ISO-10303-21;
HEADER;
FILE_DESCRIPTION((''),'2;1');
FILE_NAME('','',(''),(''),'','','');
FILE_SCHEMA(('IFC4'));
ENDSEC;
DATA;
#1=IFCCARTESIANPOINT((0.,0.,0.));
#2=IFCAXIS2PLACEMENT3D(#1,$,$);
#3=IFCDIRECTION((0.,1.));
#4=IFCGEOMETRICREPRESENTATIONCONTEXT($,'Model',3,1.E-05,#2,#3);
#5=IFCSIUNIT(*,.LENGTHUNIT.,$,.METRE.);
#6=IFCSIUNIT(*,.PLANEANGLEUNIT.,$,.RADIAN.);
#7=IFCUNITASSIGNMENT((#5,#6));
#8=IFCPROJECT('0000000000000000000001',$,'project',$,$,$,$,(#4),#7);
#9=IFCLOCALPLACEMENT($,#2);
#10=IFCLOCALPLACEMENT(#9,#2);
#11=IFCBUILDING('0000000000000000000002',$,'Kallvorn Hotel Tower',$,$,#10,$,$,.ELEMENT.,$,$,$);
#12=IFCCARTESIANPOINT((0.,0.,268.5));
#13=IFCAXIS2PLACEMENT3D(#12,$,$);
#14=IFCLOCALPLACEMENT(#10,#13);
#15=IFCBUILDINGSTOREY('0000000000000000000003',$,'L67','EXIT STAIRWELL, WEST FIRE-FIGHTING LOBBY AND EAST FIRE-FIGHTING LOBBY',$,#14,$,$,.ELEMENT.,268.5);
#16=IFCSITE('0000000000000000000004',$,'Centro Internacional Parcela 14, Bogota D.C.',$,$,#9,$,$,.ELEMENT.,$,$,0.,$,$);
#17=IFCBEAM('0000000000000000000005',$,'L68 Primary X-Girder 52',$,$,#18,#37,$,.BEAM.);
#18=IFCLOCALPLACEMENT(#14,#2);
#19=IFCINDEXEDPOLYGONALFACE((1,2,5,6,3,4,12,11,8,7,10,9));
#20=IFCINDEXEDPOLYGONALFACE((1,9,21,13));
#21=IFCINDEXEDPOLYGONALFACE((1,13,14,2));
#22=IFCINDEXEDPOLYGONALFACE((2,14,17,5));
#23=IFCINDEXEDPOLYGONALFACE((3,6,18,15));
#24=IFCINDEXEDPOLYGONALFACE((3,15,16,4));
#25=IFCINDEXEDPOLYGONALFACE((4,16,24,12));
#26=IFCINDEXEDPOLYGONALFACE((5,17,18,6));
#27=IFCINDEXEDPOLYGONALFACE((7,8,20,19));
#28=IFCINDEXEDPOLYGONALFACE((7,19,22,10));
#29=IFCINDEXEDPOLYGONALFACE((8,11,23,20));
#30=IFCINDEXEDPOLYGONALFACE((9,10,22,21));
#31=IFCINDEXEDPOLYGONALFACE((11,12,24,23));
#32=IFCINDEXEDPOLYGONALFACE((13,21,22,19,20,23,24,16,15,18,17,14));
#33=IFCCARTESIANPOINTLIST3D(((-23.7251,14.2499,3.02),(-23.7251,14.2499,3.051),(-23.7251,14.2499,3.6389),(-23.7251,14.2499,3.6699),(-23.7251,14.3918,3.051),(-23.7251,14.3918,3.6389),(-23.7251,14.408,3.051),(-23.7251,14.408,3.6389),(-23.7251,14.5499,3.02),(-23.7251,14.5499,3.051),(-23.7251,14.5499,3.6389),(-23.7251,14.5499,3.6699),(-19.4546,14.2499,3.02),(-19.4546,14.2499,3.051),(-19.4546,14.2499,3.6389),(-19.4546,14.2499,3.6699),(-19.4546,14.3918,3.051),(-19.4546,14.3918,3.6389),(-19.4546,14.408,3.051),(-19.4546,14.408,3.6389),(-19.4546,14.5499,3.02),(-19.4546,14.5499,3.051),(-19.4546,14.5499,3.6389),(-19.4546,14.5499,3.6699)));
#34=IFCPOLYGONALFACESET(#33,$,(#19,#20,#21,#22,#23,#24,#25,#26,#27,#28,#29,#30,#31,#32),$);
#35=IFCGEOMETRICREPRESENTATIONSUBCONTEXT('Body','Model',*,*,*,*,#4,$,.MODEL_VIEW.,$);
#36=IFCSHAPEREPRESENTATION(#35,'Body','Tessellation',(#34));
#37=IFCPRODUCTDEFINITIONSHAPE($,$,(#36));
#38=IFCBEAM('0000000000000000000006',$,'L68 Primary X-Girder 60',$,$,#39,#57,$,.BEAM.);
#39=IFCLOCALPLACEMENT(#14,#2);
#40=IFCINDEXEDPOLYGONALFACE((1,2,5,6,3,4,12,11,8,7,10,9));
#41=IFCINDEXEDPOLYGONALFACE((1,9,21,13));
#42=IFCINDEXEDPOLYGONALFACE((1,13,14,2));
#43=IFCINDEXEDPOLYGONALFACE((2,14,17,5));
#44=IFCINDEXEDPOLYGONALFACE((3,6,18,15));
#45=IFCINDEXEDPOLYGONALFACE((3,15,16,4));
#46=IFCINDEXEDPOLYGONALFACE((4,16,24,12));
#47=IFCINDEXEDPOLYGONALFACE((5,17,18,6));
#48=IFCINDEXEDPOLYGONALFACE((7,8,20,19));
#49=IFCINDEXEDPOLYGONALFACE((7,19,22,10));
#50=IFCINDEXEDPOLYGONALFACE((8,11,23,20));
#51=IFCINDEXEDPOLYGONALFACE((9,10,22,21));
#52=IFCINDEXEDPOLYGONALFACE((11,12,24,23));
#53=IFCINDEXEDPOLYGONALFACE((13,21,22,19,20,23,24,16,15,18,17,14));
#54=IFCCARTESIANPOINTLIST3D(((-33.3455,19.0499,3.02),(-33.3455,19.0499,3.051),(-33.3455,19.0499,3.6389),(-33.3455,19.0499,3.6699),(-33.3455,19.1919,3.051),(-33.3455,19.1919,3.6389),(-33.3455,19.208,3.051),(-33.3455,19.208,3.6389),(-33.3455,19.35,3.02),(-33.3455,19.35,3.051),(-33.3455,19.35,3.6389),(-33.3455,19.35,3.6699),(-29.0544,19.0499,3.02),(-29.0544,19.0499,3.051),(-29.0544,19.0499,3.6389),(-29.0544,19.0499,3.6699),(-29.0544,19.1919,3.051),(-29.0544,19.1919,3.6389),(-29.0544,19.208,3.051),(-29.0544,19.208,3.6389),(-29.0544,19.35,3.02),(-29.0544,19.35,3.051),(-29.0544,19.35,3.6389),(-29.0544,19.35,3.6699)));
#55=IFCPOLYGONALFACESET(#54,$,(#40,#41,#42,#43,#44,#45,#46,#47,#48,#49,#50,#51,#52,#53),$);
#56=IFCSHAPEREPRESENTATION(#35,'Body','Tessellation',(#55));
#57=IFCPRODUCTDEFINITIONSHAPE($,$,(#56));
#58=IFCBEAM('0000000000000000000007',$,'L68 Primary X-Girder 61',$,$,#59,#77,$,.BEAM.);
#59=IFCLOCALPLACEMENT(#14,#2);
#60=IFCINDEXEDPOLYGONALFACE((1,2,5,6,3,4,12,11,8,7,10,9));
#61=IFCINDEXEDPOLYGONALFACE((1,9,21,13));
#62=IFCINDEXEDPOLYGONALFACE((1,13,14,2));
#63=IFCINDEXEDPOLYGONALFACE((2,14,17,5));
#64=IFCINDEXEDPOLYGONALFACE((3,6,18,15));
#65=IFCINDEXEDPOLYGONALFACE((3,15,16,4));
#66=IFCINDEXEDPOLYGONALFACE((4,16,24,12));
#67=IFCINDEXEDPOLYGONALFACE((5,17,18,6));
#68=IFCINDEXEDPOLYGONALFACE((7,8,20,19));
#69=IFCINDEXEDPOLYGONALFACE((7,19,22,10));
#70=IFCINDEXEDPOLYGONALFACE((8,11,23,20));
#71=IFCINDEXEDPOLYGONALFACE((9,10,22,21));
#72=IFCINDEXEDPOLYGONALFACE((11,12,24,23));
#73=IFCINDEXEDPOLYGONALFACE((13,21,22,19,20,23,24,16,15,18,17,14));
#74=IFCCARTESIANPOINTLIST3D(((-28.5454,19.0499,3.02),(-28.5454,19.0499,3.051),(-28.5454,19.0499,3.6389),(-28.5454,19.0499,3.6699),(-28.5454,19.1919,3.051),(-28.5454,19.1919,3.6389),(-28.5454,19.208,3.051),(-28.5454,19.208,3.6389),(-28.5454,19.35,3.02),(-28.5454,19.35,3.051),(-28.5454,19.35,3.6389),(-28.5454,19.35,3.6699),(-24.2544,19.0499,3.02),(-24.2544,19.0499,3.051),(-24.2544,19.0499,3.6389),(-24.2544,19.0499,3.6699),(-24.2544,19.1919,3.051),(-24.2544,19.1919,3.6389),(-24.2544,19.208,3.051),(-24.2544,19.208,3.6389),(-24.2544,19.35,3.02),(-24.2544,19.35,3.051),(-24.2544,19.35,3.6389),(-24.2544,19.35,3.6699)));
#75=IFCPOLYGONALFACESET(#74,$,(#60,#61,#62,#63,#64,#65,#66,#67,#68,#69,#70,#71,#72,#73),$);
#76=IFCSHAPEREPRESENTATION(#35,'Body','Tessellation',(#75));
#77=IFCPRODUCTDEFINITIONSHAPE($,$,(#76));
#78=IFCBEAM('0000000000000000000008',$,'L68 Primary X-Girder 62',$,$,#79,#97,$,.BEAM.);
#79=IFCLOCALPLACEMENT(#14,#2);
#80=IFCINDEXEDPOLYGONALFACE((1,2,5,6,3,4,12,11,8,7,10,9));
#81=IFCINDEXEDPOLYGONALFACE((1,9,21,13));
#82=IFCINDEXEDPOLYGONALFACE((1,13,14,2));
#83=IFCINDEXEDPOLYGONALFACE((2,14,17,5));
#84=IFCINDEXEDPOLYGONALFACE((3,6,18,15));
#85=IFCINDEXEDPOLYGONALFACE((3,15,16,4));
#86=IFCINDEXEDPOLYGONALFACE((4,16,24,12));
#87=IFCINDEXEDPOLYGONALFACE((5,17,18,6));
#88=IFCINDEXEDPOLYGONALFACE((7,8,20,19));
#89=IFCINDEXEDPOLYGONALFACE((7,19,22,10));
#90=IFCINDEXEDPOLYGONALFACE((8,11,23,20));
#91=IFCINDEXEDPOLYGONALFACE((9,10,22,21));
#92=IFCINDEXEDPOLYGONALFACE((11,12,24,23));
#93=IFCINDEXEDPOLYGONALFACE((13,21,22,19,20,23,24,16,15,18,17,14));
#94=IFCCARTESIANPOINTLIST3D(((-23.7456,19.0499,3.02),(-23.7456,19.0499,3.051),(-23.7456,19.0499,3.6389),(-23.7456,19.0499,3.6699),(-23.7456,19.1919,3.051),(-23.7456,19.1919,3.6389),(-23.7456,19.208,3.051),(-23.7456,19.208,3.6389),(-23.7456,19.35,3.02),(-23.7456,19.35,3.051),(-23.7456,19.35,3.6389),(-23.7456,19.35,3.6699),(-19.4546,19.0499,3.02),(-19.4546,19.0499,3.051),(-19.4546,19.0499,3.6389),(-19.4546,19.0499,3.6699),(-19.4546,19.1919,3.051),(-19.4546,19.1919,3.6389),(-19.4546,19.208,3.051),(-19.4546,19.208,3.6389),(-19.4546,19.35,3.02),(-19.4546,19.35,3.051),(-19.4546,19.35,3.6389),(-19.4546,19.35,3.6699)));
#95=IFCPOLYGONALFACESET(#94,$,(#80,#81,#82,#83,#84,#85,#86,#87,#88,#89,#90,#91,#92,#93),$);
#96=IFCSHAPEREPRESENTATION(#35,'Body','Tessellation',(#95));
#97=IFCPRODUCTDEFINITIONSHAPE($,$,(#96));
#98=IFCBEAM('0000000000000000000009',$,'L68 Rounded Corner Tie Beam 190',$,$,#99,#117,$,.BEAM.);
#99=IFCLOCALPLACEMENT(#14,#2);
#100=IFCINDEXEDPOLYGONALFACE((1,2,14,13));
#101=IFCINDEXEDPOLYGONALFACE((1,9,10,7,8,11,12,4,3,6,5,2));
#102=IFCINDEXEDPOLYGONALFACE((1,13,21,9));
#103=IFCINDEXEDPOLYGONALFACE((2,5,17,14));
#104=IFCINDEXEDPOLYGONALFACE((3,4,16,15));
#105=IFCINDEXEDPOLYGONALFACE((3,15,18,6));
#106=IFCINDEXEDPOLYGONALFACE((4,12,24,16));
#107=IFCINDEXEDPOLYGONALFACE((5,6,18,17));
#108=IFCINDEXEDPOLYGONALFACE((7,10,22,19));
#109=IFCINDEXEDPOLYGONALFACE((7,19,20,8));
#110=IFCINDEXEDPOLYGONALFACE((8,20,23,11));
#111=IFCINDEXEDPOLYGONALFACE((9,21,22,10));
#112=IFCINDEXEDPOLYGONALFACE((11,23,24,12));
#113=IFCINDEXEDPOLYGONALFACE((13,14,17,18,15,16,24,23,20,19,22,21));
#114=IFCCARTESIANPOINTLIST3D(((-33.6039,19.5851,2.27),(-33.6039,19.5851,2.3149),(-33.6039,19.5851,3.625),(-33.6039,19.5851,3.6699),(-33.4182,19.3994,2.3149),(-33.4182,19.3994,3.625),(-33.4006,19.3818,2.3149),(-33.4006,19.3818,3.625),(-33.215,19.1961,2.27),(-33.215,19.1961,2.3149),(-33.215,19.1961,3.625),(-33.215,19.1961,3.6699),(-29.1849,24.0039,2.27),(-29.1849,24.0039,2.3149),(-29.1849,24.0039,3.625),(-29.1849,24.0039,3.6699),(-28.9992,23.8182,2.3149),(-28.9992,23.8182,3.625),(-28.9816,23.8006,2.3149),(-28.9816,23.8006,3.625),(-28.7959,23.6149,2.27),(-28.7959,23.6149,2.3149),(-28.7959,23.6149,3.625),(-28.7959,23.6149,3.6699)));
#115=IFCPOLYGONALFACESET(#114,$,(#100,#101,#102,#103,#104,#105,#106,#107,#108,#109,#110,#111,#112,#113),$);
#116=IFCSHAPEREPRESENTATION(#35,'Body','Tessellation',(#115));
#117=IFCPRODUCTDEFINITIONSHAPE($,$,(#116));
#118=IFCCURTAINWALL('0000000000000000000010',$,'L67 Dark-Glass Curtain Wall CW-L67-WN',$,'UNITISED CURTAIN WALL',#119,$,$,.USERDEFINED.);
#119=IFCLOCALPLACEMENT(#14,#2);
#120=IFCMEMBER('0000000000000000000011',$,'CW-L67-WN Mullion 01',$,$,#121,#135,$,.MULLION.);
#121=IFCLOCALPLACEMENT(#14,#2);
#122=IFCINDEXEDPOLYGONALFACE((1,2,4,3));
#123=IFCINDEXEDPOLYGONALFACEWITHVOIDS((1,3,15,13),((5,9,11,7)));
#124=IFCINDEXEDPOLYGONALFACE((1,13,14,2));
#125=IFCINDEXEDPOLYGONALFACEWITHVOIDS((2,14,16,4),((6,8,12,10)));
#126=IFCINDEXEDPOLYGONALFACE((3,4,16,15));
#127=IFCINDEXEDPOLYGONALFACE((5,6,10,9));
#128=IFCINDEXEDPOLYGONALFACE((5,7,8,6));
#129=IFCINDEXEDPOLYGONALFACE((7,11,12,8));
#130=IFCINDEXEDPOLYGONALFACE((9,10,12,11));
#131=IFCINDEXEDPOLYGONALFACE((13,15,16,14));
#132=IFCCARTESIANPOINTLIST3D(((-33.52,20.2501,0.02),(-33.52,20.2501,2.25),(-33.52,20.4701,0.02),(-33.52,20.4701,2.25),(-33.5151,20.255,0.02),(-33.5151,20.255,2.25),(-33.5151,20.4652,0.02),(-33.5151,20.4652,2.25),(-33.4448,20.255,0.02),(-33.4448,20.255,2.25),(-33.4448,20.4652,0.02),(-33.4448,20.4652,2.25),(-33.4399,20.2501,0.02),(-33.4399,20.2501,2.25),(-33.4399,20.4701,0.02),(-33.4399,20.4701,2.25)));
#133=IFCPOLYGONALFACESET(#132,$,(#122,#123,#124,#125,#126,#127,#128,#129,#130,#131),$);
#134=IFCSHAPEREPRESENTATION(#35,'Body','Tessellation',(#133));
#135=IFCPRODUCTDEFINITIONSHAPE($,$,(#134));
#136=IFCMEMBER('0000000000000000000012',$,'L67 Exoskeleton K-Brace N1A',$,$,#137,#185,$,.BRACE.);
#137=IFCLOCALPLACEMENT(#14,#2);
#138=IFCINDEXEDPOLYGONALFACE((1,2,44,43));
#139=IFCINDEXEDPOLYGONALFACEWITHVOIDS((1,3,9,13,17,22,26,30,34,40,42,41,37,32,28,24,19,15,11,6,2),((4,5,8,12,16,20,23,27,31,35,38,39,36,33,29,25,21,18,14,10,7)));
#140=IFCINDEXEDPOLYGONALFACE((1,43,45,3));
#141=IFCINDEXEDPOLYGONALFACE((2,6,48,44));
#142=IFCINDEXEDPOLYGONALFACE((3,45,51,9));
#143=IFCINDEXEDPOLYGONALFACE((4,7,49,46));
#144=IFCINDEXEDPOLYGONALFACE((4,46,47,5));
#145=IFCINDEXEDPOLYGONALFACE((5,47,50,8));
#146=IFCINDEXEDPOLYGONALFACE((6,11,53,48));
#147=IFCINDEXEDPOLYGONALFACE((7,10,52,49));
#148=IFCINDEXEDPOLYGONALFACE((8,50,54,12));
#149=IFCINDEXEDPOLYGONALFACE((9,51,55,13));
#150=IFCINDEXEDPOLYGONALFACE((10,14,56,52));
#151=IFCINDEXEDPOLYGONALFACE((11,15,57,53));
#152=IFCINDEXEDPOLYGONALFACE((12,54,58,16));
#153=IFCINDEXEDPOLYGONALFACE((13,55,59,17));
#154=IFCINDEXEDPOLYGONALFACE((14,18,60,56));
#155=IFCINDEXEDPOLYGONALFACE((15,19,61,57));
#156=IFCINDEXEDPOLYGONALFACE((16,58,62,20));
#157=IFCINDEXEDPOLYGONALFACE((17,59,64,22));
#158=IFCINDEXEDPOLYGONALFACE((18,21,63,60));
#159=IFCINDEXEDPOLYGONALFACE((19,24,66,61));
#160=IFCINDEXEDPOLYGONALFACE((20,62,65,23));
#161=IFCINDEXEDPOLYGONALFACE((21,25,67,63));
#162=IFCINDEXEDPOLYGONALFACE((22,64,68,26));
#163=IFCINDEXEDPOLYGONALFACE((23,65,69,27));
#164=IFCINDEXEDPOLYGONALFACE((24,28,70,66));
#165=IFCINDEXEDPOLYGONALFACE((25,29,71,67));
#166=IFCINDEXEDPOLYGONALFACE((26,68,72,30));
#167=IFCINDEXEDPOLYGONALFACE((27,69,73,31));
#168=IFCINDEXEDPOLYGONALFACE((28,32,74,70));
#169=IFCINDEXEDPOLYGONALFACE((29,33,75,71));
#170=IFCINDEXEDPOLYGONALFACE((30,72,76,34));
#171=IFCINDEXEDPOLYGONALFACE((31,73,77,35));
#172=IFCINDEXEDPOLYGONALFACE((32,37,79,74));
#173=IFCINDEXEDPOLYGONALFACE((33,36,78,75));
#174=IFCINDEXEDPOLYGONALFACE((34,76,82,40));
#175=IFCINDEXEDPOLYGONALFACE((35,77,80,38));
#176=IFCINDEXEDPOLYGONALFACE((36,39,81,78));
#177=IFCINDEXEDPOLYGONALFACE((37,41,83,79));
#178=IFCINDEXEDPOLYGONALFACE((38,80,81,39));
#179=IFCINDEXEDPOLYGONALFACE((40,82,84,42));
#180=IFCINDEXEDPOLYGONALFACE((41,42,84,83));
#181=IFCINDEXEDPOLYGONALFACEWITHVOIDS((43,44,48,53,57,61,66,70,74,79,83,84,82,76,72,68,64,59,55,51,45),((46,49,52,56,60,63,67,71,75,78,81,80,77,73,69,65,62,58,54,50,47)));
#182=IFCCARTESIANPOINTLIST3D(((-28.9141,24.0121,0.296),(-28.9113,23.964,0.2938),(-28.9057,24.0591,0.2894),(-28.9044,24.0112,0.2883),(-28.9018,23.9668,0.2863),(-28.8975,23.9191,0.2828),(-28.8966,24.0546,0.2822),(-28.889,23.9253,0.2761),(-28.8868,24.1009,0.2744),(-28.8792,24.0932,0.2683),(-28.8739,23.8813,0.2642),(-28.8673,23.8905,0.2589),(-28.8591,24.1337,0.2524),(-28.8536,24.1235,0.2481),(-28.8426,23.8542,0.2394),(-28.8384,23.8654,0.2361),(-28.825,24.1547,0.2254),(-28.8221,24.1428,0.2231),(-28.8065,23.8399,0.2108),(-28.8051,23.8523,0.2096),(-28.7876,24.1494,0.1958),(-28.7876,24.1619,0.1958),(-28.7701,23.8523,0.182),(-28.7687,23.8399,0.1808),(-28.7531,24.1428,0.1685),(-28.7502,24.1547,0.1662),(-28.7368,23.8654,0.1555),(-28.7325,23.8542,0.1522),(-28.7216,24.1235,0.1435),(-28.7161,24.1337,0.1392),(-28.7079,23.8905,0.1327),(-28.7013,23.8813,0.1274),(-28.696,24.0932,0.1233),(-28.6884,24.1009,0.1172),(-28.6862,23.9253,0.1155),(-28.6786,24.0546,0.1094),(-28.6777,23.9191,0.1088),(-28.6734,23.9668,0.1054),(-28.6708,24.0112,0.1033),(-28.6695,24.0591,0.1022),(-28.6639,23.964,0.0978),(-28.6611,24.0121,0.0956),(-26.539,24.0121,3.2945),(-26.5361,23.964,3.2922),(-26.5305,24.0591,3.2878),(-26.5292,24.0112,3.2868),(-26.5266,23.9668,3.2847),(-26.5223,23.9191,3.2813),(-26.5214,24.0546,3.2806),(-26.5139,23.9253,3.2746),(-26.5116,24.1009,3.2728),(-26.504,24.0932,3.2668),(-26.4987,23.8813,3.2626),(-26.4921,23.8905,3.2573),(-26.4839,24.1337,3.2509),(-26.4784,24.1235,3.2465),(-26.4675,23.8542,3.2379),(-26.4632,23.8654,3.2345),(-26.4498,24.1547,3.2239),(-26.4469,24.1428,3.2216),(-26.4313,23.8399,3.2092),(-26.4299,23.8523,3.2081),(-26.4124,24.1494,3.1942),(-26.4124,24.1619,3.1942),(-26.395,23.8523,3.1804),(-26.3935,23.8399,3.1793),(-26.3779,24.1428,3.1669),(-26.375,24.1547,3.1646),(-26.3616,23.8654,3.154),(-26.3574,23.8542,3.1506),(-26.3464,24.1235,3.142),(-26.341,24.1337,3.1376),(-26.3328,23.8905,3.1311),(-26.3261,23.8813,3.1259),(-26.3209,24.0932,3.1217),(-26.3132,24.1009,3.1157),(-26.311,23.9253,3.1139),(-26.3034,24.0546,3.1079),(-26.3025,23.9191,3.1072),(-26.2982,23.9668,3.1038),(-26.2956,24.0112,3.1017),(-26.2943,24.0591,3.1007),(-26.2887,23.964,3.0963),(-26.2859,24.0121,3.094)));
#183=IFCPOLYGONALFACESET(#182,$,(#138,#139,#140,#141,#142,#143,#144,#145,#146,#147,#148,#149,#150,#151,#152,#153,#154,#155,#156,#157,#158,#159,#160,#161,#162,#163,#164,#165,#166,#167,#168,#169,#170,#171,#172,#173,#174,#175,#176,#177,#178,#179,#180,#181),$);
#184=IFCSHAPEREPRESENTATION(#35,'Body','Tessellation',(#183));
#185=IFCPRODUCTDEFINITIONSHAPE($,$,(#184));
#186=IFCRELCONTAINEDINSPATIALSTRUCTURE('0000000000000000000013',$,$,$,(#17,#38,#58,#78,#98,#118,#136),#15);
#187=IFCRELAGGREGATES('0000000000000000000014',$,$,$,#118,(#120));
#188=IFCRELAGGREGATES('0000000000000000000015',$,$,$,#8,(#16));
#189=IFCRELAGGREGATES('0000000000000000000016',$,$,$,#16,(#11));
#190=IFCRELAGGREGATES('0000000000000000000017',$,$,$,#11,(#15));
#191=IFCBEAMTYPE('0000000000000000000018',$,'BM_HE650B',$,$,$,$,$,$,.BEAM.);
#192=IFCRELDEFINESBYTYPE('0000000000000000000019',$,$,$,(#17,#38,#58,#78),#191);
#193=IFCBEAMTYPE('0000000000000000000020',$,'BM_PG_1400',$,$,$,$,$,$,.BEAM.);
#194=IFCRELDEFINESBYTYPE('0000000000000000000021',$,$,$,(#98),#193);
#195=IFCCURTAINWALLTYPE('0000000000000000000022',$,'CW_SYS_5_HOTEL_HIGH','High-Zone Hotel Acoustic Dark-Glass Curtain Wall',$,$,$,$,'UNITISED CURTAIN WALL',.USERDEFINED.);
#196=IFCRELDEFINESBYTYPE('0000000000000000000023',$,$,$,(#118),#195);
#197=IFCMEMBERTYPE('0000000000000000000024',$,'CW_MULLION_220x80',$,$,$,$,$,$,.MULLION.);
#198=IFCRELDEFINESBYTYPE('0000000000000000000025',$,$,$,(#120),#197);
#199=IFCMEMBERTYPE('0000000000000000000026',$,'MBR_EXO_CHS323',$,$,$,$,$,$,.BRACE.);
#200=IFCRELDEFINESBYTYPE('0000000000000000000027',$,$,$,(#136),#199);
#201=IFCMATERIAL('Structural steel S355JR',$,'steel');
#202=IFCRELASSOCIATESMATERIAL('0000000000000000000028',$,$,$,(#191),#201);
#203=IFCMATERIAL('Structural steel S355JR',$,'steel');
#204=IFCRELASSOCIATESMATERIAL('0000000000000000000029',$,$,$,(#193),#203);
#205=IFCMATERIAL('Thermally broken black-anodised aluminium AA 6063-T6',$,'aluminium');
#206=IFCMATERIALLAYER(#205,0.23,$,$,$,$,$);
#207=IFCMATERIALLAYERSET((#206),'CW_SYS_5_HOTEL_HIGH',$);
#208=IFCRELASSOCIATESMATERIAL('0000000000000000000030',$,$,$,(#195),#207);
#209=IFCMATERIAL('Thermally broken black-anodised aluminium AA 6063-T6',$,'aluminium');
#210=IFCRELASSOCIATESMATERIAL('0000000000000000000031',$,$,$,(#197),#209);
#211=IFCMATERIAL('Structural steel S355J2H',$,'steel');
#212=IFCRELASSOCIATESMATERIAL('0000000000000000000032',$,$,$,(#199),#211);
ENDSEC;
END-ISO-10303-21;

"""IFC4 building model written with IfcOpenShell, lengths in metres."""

from ifc_helpers import new_model, si_unit, direction, frame, origin, origin_2d, place, context, subcontext, project, spatial, hollow_rectangle, hollow_circle, i_section, extrude, material, layer, layer_set, material_profile, profile_set, type_object, element, aggregate, save


model = new_model("IFC4")

# Units and contexts
model_context = context("Model", 3, precision=1e-05, world=origin(), true_north=direction((0.0, 1.0)))
body_context = subcontext(model_context, "Body", "Model", "MODEL_VIEW")
ifc_project = project(units=[si_unit("LENGTHUNIT", "METRE"), si_unit("PLANEANGLEUNIT", "RADIAN")], contexts=[model_context])

# Site, building, storey
site_placement = place(None, origin())
site = spatial("IfcSite", under=ifc_project, at=site_placement, Name="Centro Internacional Parcela 14, Bogota D.C.", CompositionType="ELEMENT", RefElevation=0.0)
building_placement = place(site_placement, origin())
building = spatial("IfcBuilding", under=site, at=building_placement, Name="Kallvorn Hotel Tower", CompositionType="ELEMENT")
storey_placement = place(building_placement, frame((0.0, 0.0, 268.5)))
storey = spatial("IfcBuildingStorey", under=building, at=storey_placement, Name="L67", Description="EXIT STAIRWELL, WEST FIRE-FIGHTING LOBBY AND EAST FIRE-FIGHTING LOBBY", CompositionType="ELEMENT", Elevation=268.5)

# Beams
ifc_material_1 = material(Name="Structural steel S355JR", Category="steel")
ifc_material_profile_1 = material_profile(ifc_material_1, i_section(OverallWidth=0.3, OverallDepth=0.6499, WebThickness=0.0161, FlangeThickness=0.031, at=origin_2d()), Name="HE 650 B")
ifc_profile_set_1 = profile_set([ifc_material_profile_1], Name="Structural steel S355JR")
beam_type_1 = type_object("IfcBeamType", Name="BM_HE650B", PredefinedType="BEAM", material=ifc_profile_set_1)
for number, where, z_axis, x_axis, name in (
    (1, (-23.7251, 14.3999, 3.345), (1.0, 0.0, 0.0), (0.0, 1.0, 0.0), "L68 Primary X-Girder 52"),
):
    element("IfcBeam", number, at=place(storey_placement, frame(where, z_axis=z_axis, x_axis=x_axis)), inside=storey, type_object=beam_type_1, Name=name, PredefinedType="BEAM", context=body_context, shape_type="SweptSolid", body=[
        extrude(i_section(OverallWidth=0.3, OverallDepth=0.6499, WebThickness=0.0161, FlangeThickness=0.031, at=origin_2d()), origin(), (0.0, 0.0, 1.0), 4.2705),
    ])
for number, where, z_axis, x_axis, name in (
    (2, (-33.3455, 19.2, 3.345), (1.0, 0.0, 0.0), (0.0, 1.0, 0.0), "L68 Primary X-Girder 60"),
    (3, (-28.5454, 19.2, 3.345), (1.0, 0.0, 0.0), (0.0, 1.0, 0.0), "L68 Primary X-Girder 61"),
    (4, (-23.7456, 19.2, 3.345), (1.0, 0.0, 0.0), (0.0, 1.0, 0.0), "L68 Primary X-Girder 62"),
):
    element("IfcBeam", number, at=place(storey_placement, frame(where, z_axis=z_axis, x_axis=x_axis)), inside=storey, type_object=beam_type_1, Name=name, PredefinedType="BEAM", context=body_context, shape_type="SweptSolid", body=[
        extrude(i_section(OverallWidth=0.3, OverallDepth=0.6499, WebThickness=0.0161, FlangeThickness=0.031, at=origin_2d()), origin(), (0.0, 0.0, 1.0), 4.291),
    ])
ifc_material_2 = material(Name="Structural steel S355JR", Category="steel")
ifc_material_profile_2 = material_profile(ifc_material_2, i_section(OverallWidth=0.55, OverallDepth=1.3999, WebThickness=0.0249, FlangeThickness=0.0449, at=origin_2d()), Name="PG 1400x550x25x45")
ifc_profile_set_2 = profile_set([ifc_material_profile_2], Name="Structural steel S355JR")
beam_type_2 = type_object("IfcBeamType", Name="BM_PG_1400", PredefinedType="BEAM", material=ifc_profile_set_2)
beam_1_placement = place(storey_placement, frame((-33.4094, 19.3906, 2.97), z_axis=(0.707126, 0.707087, 0.0), x_axis=(-0.707087, 0.707126, 0.0)))
element("IfcBeam", 5, at=beam_1_placement, inside=storey, type_object=beam_type_2, Name="L68 Rounded Corner Tie Beam 190", PredefinedType="BEAM", context=body_context, shape_type="SweptSolid", body=[
    extrude(i_section(OverallWidth=0.55, OverallDepth=1.3999, WebThickness=0.0249, FlangeThickness=0.0449, at=origin_2d()), origin(), (0.0, 0.0, 1.0), 6.2493),
])

# Curtain wall, member
ifc_material_3 = material(Name="Thermally broken black-anodised aluminium AA 6063-T6", Category="aluminium")
ifc_layer_1 = layer(ifc_material_3, 0.23)
ifc_layer_set_1 = layer_set([ifc_layer_1], Name="CW_SYS_5_HOTEL_HIGH")
curtain_wall_type = type_object("IfcCurtainWallType", Name="CW_SYS_5_HOTEL_HIGH", Description="High-Zone Hotel Acoustic Dark-Glass Curtain Wall", ElementType="UNITISED CURTAIN WALL", PredefinedType="USERDEFINED", material=ifc_layer_set_1)
curtain_wall_placement = place(storey_placement, origin())
curtain_wall = element("IfcCurtainWall", 6, at=curtain_wall_placement, inside=storey, type_object=curtain_wall_type, Name="L67 Dark-Glass Curtain Wall CW-L67-WN", ObjectType="UNITISED CURTAIN WALL", PredefinedType="USERDEFINED")
ifc_material_4 = material(Name="Thermally broken black-anodised aluminium AA 6063-T6", Category="aluminium")
ifc_material_profile_3 = material_profile(ifc_material_4, hollow_rectangle(XDim=0.0801, YDim=0.22, WallThickness=0.0049, at=origin_2d()), Name="MUL 220x80")
ifc_profile_set_3 = profile_set([ifc_material_profile_3], Name="Thermally broken black-anodised aluminium AA 6063-T6")
member_type_1 = type_object("IfcMemberType", Name="CW_MULLION_220x80", PredefinedType="MULLION", material=ifc_profile_set_3)
member_placement = place(storey_placement, frame((-33.48, 20.3601, 0.02), z_axis=(0.0, 0.0, 1.0), x_axis=(1.0, 0.0, 0.0)))
member = element("IfcMember", 7, at=member_placement, type_object=member_type_1, Name="CW-L67-WN Mullion 01", PredefinedType="MULLION", context=body_context, shape_type="SweptSolid", body=[
    extrude(hollow_rectangle(XDim=0.0801, YDim=0.22, WallThickness=0.0049, at=origin_2d()), origin(), (0.0, 0.0, 1.0), 2.23),
])
aggregate(curtain_wall, [member])

# Member
ifc_material_5 = material(Name="Structural steel S355J2H", Category="steel")
ifc_material_profile_4 = material_profile(ifc_material_5, hollow_circle(Radius=0.1619, WallThickness=0.0125, at=origin_2d()), Name="CHS 323.9x12.5")
ifc_profile_set_4 = profile_set([ifc_material_profile_4], Name="Structural steel S355J2H")
member_type_2 = type_object("IfcMemberType", Name="MBR_EXO_CHS323", PredefinedType="BRACE", material=ifc_profile_set_4)
for number, where, z_axis, x_axis, name in (
    (8, (-28.7876, 24.0, 0.1958), (0.620929, 0.0, 0.783867), (0.0, 1.0, 0.0), "L67 Exoskeleton K-Brace N1A"),
):
    element("IfcMember", number, at=place(storey_placement, frame(where, z_axis=z_axis, x_axis=x_axis)), inside=storey, type_object=member_type_2, Name=name, PredefinedType="BRACE", context=body_context, shape_type="SweptSolid", body=[
        extrude(hollow_circle(Radius=0.1619, WallThickness=0.0125, at=origin_2d()), origin(), (0.0, 0.0, 1.0), 3.8252),
    ])

save(model, "model.ifc")
